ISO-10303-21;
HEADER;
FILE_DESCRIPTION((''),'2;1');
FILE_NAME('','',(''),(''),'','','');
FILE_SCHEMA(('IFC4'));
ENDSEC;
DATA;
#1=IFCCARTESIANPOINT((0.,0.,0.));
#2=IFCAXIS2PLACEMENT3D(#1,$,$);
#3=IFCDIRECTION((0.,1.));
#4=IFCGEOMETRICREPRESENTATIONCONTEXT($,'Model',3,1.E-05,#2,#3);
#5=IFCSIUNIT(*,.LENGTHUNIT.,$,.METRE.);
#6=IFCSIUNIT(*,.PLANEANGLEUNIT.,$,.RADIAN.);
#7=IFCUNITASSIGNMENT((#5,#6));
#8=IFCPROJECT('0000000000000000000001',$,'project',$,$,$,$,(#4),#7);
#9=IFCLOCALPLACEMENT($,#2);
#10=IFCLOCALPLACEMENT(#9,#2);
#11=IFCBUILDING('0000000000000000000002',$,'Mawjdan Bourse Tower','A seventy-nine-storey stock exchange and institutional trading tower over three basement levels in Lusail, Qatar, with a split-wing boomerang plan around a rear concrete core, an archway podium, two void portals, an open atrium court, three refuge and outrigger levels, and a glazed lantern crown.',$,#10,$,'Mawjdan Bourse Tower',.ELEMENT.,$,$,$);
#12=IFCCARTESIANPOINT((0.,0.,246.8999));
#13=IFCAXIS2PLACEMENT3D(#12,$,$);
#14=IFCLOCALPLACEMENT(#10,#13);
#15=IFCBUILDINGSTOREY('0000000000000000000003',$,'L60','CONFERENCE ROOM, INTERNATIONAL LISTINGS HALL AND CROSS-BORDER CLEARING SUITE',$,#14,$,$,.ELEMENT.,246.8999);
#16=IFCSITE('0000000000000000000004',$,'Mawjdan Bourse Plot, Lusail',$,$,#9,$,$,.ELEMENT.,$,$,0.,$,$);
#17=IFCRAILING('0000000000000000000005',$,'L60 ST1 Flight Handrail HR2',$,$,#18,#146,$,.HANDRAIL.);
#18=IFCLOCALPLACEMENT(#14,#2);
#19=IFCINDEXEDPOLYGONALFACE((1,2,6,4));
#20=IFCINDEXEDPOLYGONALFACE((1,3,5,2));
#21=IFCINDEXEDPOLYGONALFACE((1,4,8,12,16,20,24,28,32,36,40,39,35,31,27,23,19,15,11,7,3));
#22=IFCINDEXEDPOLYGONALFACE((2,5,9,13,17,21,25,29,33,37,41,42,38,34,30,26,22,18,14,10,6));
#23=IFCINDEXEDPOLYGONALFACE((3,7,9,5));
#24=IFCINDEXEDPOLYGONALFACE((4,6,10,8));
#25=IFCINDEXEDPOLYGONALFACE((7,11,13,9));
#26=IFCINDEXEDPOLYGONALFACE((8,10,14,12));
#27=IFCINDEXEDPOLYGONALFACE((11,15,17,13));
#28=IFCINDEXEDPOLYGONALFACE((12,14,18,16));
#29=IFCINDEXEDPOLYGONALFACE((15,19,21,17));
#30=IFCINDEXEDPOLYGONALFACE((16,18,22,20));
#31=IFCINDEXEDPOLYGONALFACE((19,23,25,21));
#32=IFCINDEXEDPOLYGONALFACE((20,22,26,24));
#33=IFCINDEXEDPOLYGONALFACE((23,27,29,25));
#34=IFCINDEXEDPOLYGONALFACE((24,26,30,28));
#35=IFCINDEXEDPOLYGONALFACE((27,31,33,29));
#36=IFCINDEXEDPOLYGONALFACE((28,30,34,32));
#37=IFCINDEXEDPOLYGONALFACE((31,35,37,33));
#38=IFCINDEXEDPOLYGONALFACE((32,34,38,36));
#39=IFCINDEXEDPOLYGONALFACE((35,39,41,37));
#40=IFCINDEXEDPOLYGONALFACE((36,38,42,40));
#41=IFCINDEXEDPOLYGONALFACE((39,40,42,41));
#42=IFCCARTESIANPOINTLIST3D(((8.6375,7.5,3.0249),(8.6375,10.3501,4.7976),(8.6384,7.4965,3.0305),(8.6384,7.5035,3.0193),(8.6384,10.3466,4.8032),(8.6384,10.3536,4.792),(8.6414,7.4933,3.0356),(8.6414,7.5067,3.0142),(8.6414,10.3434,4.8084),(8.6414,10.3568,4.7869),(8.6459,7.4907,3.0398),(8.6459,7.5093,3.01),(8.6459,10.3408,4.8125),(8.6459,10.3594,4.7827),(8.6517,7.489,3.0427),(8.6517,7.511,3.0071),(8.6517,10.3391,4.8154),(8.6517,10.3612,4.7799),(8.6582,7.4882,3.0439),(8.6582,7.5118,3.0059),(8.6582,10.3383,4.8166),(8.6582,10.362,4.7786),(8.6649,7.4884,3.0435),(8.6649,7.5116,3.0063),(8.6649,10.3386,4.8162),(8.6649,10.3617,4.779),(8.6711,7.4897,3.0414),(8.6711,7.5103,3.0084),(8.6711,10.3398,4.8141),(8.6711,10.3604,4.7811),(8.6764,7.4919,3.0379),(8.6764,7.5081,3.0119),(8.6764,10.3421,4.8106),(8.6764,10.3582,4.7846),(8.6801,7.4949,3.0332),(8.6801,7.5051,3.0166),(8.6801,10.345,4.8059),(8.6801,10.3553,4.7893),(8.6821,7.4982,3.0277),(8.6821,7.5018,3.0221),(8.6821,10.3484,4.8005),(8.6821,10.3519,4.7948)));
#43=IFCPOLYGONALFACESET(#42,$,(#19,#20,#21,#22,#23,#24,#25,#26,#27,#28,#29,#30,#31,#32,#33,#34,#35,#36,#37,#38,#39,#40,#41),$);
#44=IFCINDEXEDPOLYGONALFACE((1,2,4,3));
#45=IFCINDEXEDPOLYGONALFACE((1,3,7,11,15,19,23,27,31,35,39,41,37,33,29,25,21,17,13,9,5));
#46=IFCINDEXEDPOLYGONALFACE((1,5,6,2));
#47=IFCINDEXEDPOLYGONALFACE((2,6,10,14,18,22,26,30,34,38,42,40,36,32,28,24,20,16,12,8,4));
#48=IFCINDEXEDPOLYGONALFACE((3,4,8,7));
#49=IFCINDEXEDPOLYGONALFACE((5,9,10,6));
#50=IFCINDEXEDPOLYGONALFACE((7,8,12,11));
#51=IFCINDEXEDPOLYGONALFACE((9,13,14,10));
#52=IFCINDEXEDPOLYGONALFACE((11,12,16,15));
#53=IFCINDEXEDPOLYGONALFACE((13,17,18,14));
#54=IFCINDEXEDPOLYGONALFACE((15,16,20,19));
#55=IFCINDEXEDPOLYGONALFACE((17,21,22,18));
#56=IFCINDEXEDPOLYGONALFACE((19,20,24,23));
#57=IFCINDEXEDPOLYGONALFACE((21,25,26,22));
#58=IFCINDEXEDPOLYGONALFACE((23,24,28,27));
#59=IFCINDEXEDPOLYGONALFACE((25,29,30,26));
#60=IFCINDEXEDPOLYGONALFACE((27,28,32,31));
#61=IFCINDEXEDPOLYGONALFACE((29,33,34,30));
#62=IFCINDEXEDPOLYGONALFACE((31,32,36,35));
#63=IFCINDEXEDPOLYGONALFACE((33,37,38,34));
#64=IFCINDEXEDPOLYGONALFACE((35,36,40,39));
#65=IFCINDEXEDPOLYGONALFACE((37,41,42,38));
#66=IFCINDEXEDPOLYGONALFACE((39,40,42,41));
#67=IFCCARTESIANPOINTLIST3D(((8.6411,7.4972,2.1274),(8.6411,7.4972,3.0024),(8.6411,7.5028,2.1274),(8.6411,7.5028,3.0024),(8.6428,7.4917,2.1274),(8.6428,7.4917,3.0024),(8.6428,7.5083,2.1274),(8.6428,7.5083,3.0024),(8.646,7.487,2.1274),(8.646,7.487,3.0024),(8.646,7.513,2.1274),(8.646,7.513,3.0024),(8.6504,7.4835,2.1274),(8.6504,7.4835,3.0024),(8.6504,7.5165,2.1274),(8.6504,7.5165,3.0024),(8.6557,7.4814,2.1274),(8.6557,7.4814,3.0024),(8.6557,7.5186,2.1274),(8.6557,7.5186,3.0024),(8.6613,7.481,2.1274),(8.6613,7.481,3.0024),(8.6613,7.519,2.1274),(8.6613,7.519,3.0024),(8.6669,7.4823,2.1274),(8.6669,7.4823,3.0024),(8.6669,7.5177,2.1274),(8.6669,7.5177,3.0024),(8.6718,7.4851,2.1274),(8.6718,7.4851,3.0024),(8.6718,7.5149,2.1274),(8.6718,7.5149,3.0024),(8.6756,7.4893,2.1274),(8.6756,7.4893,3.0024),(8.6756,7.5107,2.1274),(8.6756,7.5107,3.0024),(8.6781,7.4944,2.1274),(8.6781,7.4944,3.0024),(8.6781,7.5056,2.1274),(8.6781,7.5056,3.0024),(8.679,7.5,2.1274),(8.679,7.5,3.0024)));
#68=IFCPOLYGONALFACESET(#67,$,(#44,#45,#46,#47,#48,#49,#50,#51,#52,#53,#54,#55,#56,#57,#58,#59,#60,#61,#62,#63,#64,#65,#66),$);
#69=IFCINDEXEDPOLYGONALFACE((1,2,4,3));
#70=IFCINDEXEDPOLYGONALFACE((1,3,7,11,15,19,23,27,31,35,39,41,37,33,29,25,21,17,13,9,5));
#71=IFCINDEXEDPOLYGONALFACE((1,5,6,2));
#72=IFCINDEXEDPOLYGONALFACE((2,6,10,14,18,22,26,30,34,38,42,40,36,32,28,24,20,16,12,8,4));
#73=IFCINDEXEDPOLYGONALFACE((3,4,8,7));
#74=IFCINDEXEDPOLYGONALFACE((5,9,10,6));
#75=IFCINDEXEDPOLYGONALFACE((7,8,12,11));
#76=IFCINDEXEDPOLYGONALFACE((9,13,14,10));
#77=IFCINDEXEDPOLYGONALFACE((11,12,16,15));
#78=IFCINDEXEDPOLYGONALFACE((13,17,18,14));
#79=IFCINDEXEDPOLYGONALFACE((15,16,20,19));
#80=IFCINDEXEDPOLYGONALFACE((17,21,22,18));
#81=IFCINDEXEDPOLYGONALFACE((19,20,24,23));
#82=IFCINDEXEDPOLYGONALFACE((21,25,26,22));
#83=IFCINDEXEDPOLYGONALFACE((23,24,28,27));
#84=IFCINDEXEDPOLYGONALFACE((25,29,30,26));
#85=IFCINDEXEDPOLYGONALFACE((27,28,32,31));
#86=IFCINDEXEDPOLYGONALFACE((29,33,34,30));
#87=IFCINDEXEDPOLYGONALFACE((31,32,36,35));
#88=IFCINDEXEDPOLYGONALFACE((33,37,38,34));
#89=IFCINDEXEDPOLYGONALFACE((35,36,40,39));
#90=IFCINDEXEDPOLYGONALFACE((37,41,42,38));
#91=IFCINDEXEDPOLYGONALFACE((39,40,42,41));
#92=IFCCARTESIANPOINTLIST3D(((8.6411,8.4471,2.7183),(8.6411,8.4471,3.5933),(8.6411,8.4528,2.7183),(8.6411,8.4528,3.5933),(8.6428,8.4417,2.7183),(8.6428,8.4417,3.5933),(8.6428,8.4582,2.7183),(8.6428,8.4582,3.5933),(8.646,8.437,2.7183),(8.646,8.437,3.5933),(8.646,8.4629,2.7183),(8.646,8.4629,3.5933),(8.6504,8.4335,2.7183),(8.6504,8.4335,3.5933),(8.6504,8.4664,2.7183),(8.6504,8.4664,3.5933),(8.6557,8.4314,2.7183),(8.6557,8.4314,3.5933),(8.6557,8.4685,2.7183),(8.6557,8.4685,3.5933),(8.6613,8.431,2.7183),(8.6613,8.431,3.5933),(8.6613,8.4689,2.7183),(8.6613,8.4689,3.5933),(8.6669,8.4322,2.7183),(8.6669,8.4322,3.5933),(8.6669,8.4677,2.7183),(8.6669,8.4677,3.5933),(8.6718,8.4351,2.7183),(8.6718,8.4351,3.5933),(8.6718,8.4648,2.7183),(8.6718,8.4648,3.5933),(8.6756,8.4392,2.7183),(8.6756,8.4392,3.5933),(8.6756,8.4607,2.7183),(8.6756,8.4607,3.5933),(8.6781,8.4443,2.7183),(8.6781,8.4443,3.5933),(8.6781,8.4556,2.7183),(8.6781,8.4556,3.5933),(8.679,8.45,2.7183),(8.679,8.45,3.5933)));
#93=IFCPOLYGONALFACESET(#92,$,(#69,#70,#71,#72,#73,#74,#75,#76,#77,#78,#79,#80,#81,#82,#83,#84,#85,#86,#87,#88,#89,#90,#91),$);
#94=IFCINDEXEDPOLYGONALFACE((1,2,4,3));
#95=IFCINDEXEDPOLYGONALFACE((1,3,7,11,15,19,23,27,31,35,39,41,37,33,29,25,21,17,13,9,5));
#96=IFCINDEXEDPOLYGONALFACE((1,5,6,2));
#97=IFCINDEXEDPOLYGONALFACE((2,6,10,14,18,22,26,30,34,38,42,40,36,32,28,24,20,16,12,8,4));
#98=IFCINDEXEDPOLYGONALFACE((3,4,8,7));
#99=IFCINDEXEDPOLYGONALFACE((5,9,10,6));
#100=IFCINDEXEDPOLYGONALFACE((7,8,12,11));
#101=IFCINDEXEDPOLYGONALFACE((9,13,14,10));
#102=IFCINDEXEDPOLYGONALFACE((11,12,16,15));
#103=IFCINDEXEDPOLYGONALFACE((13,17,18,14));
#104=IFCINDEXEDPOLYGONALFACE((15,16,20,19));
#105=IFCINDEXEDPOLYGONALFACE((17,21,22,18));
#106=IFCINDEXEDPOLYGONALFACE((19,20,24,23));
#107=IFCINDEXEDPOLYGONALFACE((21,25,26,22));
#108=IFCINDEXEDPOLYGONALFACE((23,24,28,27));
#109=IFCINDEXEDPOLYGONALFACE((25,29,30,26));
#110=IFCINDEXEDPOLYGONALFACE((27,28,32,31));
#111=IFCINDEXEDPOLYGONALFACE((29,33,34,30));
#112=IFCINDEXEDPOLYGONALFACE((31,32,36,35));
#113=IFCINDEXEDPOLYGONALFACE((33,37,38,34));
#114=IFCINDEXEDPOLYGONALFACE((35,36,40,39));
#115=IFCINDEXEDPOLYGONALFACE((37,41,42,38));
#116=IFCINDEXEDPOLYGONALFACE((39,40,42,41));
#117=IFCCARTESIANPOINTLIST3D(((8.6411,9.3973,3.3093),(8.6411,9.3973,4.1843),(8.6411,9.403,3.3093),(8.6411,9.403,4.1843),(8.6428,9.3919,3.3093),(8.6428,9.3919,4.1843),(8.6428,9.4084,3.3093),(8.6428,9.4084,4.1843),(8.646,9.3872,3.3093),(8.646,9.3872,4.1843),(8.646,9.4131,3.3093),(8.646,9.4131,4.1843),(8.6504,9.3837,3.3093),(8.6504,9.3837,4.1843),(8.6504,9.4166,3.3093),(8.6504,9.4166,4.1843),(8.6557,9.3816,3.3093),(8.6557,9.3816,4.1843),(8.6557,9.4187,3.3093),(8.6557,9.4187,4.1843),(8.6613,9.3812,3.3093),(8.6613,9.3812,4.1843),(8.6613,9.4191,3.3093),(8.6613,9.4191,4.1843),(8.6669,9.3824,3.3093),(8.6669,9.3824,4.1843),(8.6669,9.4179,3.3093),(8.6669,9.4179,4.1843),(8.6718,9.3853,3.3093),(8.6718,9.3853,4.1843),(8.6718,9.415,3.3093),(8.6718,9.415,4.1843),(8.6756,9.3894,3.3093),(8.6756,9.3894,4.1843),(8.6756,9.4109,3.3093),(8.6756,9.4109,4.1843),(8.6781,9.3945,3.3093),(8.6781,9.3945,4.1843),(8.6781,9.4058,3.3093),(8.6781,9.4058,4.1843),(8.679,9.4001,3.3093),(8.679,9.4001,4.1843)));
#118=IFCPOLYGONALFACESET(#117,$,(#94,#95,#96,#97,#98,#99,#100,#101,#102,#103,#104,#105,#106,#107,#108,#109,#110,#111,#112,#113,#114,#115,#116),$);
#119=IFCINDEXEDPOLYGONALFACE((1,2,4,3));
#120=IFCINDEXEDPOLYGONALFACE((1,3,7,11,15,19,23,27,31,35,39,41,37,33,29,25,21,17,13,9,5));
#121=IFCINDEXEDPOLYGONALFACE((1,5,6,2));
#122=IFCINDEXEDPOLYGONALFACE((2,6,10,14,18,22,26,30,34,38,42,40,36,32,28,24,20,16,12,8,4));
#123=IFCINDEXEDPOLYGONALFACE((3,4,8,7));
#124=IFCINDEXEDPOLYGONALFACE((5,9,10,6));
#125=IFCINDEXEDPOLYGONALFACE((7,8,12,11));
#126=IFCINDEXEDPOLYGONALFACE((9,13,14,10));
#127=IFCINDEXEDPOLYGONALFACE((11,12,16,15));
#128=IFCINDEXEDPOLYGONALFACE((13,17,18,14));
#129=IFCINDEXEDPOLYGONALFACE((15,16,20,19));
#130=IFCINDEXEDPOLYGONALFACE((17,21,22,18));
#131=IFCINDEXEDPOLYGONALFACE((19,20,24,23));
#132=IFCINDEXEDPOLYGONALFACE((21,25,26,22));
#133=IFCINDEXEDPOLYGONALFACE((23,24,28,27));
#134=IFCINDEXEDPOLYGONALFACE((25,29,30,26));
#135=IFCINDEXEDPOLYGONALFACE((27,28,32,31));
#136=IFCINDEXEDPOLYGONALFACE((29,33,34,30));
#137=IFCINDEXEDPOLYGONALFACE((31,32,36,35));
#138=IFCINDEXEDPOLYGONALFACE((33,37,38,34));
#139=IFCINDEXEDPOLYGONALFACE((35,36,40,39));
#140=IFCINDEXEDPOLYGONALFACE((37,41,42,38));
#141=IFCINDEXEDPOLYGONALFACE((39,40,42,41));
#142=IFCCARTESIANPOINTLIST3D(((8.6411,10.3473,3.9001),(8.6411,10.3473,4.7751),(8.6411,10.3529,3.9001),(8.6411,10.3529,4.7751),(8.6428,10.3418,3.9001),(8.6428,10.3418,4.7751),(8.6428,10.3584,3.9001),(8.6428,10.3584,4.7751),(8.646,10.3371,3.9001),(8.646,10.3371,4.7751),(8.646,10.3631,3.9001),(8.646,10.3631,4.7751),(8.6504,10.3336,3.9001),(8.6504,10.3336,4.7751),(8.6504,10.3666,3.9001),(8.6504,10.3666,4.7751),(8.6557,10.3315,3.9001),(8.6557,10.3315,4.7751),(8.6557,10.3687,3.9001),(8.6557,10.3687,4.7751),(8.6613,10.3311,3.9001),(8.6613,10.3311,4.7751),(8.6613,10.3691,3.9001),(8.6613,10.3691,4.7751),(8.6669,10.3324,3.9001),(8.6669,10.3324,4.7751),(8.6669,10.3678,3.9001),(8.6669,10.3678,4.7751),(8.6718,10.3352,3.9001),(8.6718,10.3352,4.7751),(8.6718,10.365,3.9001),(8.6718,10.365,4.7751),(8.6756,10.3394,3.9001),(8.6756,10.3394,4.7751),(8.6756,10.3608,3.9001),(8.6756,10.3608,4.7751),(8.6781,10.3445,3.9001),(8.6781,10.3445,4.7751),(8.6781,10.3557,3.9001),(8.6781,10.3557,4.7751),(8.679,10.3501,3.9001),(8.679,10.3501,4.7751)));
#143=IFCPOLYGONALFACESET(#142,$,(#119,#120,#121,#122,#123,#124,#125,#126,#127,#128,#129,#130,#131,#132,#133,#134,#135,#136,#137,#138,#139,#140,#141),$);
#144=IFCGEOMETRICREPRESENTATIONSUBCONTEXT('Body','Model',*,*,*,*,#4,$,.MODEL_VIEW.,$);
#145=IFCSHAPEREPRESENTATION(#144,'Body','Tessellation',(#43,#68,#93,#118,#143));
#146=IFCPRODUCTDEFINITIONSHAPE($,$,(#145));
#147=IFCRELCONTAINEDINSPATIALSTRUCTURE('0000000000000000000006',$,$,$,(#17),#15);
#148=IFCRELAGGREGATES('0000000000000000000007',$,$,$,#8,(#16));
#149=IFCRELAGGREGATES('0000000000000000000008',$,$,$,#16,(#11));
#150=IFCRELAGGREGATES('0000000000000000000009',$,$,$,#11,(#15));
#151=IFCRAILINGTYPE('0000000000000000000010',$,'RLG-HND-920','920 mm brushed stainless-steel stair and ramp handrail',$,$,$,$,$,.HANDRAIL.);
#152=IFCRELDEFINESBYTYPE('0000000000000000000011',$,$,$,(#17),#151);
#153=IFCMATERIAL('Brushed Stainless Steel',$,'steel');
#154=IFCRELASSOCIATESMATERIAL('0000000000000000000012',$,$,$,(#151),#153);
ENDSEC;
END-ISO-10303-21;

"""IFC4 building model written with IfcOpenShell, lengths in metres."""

from ifc_helpers import new_model, si_unit, direction, frame, origin, origin_2d, place, context, subcontext, project, spatial, circle, extrude, material, type_object, element, save


model = new_model("IFC4")

# Units and contexts
model_context = context("Model", 3, precision=1e-05, world=origin(), true_north=direction((0.0, 1.0)))
body_context = subcontext(model_context, "Body", "Model", "MODEL_VIEW")
ifc_project = project(units=[si_unit("LENGTHUNIT", "METRE"), si_unit("PLANEANGLEUNIT", "RADIAN")], contexts=[model_context])

# Site, building, storey
site_placement = place(None, origin())
site = spatial("IfcSite", under=ifc_project, at=site_placement, Name="Mawjdan Bourse Plot, Lusail", CompositionType="ELEMENT", RefElevation=0.0)
building_placement = place(site_placement, origin())
building = spatial("IfcBuilding", under=site, at=building_placement, Name="Mawjdan Bourse Tower", Description="A seventy-nine-storey stock exchange and institutional trading tower over three basement levels in Lusail, Qatar, with a split-wing boomerang plan around a rear concrete core, an archway podium, two void portals, an open atrium court, three refuge and outrigger levels, and a glazed lantern crown.", LongName="Mawjdan Bourse Tower", CompositionType="ELEMENT")
storey_placement = place(building_placement, frame((0.0, 0.0, 246.8999)))
storey = spatial("IfcBuildingStorey", under=building, at=storey_placement, Name="L60", Description="CONFERENCE ROOM, INTERNATIONAL LISTINGS HALL AND CROSS-BORDER CLEARING SUITE", CompositionType="ELEMENT", Elevation=246.8999)

# Shared definitions
ifc_material_1 = material(Name="Brushed Stainless Steel", Category="steel")

# Railing
railing_type_1 = type_object("IfcRailingType", Name="RLG-HND-920", Description="920 mm brushed stainless-steel stair and ramp handrail", PredefinedType="HANDRAIL", material=ifc_material_1)
railing_1_placement = place(storey_placement, frame((8.6599, 7.5, 2.1274)))
element("IfcRailing", 1, at=railing_1_placement, inside=storey, type_object=railing_type_1, Name="L60 ST1 Flight Handrail HR2", PredefinedType="HANDRAIL", context=body_context, shape_type="SweptSolid", body=[
    extrude(circle(Radius=0.0225, at=origin_2d()), frame((0.0, 0.0, 0.8975), z_axis=(0.0, 0.849149, 0.528154), x_axis=(-1.0, 0.0, 0.0)), (0.0, 0.0, 1.0), 3.3564),
    extrude(circle(Radius=0.019, at=origin_2d()), origin(), (0.0, 0.0, 1.0), 0.875),
    extrude(circle(Radius=0.019, at=origin_2d()), frame((0.0, 0.95, 0.5908)), (0.0, 0.0, 1.0), 0.875),
    extrude(circle(Radius=0.019, at=origin_2d()), frame((0.0, 1.9001, 1.1819)), (0.0, 0.0, 1.0), 0.875),
    extrude(circle(Radius=0.019, at=origin_2d()), frame((0.0, 2.8501, 1.7727)), (0.0, 0.0, 1.0), 0.875),
])

save(model, "model.ifc")
